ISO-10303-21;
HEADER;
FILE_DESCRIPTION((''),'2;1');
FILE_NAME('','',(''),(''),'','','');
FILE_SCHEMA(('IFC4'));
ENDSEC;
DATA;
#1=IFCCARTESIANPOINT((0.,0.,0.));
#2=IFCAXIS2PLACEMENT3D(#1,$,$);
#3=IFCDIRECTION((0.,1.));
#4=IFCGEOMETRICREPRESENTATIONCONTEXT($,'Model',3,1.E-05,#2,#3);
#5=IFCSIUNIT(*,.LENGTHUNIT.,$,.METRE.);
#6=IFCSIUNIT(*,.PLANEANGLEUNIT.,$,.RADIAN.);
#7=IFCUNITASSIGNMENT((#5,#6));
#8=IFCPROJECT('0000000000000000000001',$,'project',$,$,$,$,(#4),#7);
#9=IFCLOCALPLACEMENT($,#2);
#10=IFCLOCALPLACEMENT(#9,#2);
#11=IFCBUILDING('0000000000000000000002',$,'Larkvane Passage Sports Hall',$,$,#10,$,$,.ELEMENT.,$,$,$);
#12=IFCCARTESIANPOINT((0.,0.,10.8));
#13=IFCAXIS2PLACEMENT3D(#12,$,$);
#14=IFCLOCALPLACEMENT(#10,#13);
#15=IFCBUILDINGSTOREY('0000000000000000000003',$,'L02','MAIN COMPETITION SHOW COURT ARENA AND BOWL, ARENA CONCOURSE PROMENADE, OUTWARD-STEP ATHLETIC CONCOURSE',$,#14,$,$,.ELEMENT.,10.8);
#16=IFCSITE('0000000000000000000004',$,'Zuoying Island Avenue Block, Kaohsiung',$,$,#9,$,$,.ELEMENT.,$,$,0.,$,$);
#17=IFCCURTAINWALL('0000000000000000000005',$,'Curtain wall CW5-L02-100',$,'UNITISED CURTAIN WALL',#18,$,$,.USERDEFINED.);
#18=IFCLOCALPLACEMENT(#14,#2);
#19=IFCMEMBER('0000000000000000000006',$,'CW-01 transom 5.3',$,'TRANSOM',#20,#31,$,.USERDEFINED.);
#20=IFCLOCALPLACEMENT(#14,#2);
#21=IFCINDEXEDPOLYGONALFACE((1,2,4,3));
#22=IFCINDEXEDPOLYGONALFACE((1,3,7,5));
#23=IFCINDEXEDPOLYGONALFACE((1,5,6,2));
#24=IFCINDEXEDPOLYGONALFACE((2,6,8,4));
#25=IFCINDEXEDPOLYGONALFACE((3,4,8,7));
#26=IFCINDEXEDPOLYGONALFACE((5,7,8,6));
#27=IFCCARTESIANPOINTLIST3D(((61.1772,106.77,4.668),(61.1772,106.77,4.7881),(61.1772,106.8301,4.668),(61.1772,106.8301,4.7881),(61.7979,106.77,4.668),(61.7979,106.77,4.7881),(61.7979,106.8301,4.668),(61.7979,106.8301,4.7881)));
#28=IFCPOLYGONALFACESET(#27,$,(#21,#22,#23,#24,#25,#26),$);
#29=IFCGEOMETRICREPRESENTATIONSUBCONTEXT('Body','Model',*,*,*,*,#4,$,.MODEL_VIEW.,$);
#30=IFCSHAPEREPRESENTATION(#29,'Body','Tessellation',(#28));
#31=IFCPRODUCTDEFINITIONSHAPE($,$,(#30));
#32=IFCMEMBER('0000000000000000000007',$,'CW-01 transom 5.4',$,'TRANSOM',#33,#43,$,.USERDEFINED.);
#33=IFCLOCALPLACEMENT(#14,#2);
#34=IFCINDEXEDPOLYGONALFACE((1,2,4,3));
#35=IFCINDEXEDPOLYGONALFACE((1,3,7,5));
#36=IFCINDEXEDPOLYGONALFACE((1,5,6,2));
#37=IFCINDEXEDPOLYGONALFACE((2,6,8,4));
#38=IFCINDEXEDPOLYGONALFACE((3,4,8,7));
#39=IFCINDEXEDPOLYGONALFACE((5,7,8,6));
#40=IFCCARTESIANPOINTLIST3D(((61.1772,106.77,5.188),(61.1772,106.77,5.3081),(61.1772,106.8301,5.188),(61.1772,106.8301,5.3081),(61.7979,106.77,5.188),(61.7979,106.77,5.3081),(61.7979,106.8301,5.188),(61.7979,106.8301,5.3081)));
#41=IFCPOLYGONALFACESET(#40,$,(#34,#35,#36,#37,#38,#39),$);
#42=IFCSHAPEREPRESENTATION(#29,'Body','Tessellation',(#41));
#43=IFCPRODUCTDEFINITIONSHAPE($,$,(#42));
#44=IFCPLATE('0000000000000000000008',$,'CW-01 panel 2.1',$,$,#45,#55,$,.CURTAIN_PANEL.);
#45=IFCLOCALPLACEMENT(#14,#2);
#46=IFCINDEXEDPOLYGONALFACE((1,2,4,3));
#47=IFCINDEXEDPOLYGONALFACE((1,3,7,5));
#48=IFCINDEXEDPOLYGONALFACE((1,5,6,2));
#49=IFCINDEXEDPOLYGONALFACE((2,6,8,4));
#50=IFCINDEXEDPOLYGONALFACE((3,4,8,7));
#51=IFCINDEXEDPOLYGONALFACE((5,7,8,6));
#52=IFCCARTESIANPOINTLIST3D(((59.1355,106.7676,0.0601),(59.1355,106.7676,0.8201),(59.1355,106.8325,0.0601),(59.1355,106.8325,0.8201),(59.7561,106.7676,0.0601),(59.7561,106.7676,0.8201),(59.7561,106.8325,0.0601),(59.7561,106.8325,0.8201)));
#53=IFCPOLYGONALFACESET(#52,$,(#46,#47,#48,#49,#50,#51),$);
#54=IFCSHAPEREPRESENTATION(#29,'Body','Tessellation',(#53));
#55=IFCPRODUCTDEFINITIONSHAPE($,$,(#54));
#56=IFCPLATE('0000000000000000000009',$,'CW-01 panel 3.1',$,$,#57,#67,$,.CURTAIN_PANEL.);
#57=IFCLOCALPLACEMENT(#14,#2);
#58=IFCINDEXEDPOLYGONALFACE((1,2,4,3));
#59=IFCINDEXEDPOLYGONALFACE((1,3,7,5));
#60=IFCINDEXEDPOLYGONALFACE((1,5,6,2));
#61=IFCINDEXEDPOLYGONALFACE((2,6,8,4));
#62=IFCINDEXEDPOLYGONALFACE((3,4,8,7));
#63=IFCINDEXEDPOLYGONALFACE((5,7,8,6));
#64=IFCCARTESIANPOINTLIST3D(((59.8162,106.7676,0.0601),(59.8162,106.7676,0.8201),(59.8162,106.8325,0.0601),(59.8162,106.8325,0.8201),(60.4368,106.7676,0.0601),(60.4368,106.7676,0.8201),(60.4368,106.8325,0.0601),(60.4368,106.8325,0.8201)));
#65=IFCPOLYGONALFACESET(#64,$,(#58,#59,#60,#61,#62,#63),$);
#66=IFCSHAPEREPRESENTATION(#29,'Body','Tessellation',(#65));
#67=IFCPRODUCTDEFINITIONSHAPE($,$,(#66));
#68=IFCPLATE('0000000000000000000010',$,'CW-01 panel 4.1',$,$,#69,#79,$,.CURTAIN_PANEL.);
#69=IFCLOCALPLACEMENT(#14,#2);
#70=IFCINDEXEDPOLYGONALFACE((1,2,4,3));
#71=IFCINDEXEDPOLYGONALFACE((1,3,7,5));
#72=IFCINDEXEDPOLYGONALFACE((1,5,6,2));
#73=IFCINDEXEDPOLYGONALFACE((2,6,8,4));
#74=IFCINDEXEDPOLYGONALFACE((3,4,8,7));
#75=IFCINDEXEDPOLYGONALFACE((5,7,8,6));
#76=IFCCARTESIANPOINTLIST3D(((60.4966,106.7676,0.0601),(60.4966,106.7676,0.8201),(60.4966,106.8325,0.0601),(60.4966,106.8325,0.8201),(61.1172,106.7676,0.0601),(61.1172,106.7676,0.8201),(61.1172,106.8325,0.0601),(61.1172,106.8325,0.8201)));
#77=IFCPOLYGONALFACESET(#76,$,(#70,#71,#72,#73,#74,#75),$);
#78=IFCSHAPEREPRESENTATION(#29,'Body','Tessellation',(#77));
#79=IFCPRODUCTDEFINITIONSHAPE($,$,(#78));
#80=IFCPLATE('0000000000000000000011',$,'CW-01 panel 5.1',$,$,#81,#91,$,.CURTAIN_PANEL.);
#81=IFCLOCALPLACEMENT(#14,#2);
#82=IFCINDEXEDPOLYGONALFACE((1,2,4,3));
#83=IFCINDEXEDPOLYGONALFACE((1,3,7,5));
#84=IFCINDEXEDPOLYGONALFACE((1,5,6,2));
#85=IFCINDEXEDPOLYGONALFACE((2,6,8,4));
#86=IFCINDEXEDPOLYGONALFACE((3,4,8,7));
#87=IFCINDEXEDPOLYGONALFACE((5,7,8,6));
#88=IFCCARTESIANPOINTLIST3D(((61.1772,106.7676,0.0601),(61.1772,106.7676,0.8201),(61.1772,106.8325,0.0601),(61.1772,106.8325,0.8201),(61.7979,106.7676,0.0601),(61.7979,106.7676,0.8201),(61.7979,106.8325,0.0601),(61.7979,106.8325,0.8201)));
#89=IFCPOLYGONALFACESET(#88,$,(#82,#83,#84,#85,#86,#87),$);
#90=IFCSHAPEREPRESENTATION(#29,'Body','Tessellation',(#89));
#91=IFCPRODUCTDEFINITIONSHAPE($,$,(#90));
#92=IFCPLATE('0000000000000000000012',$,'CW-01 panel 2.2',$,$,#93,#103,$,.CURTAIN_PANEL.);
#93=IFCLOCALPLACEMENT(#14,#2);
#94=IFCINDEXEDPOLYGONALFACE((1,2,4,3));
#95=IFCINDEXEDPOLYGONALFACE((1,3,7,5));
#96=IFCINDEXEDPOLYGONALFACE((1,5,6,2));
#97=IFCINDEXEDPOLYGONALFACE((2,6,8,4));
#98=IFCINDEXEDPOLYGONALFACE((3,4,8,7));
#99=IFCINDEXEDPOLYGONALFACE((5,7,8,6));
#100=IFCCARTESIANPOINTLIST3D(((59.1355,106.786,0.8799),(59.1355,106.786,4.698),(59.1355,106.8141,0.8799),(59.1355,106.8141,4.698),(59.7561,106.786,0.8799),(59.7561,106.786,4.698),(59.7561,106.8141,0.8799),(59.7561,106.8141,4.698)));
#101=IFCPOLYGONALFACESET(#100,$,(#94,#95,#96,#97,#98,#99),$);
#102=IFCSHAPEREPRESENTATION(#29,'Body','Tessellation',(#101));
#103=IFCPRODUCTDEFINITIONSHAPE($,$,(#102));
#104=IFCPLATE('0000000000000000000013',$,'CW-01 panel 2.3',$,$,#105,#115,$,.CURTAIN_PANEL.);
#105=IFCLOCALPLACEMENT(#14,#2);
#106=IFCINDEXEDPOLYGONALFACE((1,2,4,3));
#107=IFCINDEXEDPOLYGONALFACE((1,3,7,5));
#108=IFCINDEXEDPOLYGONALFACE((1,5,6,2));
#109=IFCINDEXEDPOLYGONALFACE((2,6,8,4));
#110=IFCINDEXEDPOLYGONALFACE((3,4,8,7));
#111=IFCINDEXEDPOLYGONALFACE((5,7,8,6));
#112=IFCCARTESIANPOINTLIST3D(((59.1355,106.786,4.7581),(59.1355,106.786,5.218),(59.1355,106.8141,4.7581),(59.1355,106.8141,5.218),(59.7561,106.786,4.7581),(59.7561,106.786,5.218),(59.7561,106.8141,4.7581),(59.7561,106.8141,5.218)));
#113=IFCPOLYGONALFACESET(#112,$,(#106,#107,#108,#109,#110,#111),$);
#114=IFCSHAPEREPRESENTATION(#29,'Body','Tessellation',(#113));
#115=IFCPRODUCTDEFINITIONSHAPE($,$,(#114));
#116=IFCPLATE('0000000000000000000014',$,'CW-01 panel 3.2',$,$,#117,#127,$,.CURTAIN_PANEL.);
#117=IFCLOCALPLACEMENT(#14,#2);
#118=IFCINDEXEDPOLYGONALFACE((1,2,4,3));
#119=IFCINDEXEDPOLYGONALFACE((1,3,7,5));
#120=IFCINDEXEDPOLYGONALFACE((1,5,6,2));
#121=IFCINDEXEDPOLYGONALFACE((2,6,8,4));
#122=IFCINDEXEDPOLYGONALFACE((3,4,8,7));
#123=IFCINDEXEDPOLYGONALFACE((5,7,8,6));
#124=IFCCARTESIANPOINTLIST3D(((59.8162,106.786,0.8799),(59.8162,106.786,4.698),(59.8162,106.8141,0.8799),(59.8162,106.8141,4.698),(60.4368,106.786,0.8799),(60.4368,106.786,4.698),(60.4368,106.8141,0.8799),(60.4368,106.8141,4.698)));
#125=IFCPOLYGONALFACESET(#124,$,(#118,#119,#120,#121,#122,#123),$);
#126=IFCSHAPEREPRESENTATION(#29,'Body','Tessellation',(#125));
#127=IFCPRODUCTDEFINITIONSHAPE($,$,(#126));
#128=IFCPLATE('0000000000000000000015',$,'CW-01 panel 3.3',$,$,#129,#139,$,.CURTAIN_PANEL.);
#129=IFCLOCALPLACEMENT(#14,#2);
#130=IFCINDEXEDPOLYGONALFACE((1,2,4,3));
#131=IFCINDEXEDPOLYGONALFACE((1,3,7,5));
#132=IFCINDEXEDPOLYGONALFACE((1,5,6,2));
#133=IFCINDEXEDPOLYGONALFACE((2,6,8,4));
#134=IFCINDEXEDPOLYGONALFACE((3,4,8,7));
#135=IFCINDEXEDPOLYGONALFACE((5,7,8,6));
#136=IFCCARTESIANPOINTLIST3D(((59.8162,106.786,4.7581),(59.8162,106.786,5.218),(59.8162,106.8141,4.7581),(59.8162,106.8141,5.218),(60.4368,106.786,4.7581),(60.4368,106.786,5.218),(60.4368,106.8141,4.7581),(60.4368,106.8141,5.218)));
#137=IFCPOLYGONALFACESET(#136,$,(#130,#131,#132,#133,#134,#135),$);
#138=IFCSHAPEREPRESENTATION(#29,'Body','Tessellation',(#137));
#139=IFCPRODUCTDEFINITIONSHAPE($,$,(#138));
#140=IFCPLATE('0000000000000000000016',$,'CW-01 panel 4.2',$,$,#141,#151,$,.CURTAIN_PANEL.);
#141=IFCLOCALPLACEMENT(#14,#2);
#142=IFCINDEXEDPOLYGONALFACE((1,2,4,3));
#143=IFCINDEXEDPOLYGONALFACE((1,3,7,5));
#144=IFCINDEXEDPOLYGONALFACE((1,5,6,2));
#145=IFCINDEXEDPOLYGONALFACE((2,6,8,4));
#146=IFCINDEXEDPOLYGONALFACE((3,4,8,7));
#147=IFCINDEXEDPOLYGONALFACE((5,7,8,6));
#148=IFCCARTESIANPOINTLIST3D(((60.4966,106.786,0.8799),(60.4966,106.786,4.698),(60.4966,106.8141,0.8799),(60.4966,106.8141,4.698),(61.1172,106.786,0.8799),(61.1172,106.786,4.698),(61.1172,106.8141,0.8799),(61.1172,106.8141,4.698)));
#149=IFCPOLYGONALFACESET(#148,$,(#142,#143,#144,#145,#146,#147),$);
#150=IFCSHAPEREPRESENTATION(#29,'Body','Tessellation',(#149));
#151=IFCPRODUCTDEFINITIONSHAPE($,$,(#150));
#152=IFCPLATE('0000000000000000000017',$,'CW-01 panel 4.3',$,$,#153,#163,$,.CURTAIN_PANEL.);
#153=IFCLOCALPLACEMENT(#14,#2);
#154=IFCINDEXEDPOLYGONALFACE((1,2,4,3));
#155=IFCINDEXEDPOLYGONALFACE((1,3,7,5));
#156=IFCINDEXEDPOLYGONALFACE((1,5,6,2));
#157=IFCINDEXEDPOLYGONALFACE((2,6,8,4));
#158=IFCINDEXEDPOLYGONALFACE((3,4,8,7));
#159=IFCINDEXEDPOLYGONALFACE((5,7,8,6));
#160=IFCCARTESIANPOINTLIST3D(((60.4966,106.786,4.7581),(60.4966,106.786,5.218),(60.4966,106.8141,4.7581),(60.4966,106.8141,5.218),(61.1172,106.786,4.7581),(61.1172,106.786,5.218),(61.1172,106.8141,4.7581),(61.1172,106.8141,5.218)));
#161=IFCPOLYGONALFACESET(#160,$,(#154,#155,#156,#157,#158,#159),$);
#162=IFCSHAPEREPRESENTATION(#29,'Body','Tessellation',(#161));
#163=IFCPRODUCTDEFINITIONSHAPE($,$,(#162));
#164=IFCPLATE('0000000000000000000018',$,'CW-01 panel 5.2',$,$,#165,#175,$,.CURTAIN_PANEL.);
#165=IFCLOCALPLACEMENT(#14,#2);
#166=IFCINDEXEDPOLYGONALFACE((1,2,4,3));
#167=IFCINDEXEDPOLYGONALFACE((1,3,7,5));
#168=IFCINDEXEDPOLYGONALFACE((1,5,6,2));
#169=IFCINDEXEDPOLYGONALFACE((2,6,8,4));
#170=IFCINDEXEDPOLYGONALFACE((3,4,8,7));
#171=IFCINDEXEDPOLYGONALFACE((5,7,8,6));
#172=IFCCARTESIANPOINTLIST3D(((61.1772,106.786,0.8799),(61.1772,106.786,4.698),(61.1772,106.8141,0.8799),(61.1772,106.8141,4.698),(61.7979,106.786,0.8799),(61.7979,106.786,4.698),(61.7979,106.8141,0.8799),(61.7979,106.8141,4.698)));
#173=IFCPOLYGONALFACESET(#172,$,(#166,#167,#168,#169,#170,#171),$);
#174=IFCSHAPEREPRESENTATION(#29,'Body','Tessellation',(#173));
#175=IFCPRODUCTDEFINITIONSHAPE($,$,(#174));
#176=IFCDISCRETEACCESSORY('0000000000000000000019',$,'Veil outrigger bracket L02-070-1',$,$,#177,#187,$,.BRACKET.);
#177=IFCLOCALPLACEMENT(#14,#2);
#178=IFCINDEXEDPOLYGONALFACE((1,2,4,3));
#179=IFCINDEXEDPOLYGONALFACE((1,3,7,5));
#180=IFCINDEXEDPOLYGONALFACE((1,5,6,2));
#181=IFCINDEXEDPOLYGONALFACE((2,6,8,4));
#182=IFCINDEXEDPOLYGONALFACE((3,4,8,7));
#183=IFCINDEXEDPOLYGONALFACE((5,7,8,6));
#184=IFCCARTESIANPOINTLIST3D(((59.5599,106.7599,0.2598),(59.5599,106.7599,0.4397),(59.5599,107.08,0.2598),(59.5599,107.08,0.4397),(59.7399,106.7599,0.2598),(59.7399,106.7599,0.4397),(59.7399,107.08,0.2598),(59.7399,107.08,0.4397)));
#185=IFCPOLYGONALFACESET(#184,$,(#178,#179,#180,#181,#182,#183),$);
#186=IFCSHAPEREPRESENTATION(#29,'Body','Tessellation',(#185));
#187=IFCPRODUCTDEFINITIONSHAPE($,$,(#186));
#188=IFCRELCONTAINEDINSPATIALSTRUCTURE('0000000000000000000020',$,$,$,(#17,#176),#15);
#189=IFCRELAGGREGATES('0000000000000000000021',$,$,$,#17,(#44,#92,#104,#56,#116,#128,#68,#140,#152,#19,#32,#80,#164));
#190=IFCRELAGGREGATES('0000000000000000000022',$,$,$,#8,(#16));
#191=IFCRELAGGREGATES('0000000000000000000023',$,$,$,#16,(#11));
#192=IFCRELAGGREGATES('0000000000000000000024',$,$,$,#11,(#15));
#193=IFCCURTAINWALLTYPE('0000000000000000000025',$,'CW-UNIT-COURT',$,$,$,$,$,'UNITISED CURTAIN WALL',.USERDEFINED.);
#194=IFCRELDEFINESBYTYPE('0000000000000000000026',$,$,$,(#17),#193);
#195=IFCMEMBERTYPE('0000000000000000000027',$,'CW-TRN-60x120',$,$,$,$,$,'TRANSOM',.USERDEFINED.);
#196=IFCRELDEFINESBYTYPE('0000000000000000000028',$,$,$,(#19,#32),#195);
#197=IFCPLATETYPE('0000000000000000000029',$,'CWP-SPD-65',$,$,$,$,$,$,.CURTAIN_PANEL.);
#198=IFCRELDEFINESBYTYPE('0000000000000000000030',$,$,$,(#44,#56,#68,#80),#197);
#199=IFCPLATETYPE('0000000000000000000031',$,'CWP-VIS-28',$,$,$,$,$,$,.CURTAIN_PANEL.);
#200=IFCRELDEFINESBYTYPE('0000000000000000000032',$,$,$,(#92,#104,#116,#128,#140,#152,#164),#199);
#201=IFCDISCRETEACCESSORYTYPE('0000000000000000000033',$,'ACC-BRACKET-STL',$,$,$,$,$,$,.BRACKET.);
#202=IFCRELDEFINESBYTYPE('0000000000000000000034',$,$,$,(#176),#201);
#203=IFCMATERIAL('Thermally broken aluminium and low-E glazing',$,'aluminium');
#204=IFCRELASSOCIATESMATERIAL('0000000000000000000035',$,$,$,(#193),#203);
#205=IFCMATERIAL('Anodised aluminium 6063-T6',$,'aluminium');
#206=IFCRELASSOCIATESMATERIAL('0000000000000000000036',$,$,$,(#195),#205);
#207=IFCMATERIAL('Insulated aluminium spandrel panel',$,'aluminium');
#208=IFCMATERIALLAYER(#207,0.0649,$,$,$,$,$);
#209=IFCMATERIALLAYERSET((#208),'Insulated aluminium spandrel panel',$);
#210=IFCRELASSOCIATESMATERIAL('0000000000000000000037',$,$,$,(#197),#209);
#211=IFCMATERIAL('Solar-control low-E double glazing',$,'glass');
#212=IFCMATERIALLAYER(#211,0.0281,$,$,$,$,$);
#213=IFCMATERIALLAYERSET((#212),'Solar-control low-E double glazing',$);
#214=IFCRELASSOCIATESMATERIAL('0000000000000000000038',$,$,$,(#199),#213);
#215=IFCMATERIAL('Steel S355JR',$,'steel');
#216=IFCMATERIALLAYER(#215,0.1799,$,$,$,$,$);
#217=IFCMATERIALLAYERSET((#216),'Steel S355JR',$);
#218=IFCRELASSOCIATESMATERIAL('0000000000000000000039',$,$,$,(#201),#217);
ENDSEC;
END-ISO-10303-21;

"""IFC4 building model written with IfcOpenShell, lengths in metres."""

from ifc_helpers import new_model, si_unit, direction, frame, origin, origin_2d, place, context, subcontext, project, spatial, rectangle, extrude, material, layer, layer_set, material_profile, profile_set, type_object, element, aggregate, save


model = new_model("IFC4")

# Units and contexts
model_context = context("Model", 3, precision=1e-05, world=origin(), true_north=direction((0.0, 1.0)))
body_context = subcontext(model_context, "Body", "Model", "MODEL_VIEW")
ifc_project = project(units=[si_unit("LENGTHUNIT", "METRE"), si_unit("PLANEANGLEUNIT", "RADIAN")], contexts=[model_context])

# Site, building, storey
site_placement = place(None, origin())
site = spatial("IfcSite", under=ifc_project, at=site_placement, Name="Zuoying Island Avenue Block, Kaohsiung", CompositionType="ELEMENT", RefElevation=0.0)
building_placement = place(site_placement, origin())
building = spatial("IfcBuilding", under=site, at=building_placement, Name="Larkvane Passage Sports Hall", CompositionType="ELEMENT")
storey_placement = place(building_placement, frame((0.0, 0.0, 10.8)))
storey = spatial("IfcBuildingStorey", under=building, at=storey_placement, Name="L02", Description="MAIN COMPETITION SHOW COURT ARENA AND BOWL, ARENA CONCOURSE PROMENADE, OUTWARD-STEP ATHLETIC CONCOURSE", CompositionType="ELEMENT", Elevation=10.8)

# Curtain wall, members, plates
ifc_material_1 = material(Name="Thermally broken aluminium and low-E glazing", Category="aluminium")
curtain_wall_type = type_object("IfcCurtainWallType", Name="CW-UNIT-COURT", ElementType="UNITISED CURTAIN WALL", PredefinedType="USERDEFINED", material=ifc_material_1)
curtain_wall_placement = place(storey_placement, origin())
curtain_wall = element("IfcCurtainWall", 1, at=curtain_wall_placement, inside=storey, type_object=curtain_wall_type, Name="Curtain wall CW5-L02-100", ObjectType="UNITISED CURTAIN WALL", PredefinedType="USERDEFINED")
ifc_material_2 = material(Name="Anodised aluminium 6063-T6", Category="aluminium")
ifc_material_profile_1 = material_profile(ifc_material_2, rectangle(XDim=0.0601, YDim=0.1201, at=origin_2d()), Name="ALU-TRN-60x120")
ifc_profile_set_1 = profile_set([ifc_material_profile_1], Name="Anodised aluminium 6063-T6")
member_type_1 = type_object("IfcMemberType", Name="CW-TRN-60x120", ElementType="TRANSOM", PredefinedType="USERDEFINED", material=ifc_profile_set_1)
member_1_placement = place(storey_placement, frame((61.1772, 106.8, 4.728), z_axis=(1.0, 0.0, 0.0), x_axis=(0.0, 1.0, 0.0)))
member_1 = element("IfcMember", 2, at=member_1_placement, type_object=member_type_1, Name="CW-01 transom 5.3", ObjectType="TRANSOM", PredefinedType="USERDEFINED", context=body_context, shape_type="SweptSolid", body=[
    extrude(rectangle(XDim=0.0601, YDim=0.1201, at=origin_2d()), origin(), (0.0, 0.0, 1.0), 0.6206),
])
member_2_placement = place(storey_placement, frame((61.1772, 106.8, 5.248), z_axis=(1.0, 0.0, 0.0), x_axis=(0.0, 1.0, 0.0)))
member_2 = element("IfcMember", 3, at=member_2_placement, type_object=member_type_1, Name="CW-01 transom 5.4", ObjectType="TRANSOM", PredefinedType="USERDEFINED", context=body_context, shape_type="SweptSolid", body=[
    extrude(rectangle(XDim=0.0601, YDim=0.1201, at=origin_2d()), origin(), (0.0, 0.0, 1.0), 0.6206),
])
ifc_material_3 = material(Name="Insulated aluminium spandrel panel", Category="aluminium")
ifc_layer_1 = layer(ifc_material_3, 0.0649)
ifc_layer_set_1 = layer_set([ifc_layer_1], Name="Insulated aluminium spandrel panel")
plate_type_1 = type_object("IfcPlateType", Name="CWP-SPD-65", PredefinedType="CURTAIN_PANEL", material=ifc_layer_set_1)
plate_1_placement = place(storey_placement, frame((59.4458, 106.8, 0.0601), z_axis=(0.0, 0.0, 1.0), x_axis=(1.0, 0.0, 0.0)))
plate_1 = element("IfcPlate", 4, at=plate_1_placement, type_object=plate_type_1, Name="CW-01 panel 2.1", PredefinedType="CURTAIN_PANEL", context=body_context, shape_type="SweptSolid", body=[
    extrude(rectangle(XDim=0.6206, YDim=0.0649, at=origin_2d()), origin(), (0.0, 0.0, 1.0), 0.76),
])
plate_2_placement = place(storey_placement, frame((60.1265, 106.8, 0.0601), z_axis=(0.0, 0.0, 1.0), x_axis=(1.0, 0.0, 0.0)))
plate_2 = element("IfcPlate", 5, at=plate_2_placement, type_object=plate_type_1, Name="CW-01 panel 3.1", PredefinedType="CURTAIN_PANEL", context=body_context, shape_type="SweptSolid", body=[
    extrude(rectangle(XDim=0.6206, YDim=0.0649, at=origin_2d()), origin(), (0.0, 0.0, 1.0), 0.76),
])
plate_3_placement = place(storey_placement, frame((60.8069, 106.8, 0.0601), z_axis=(0.0, 0.0, 1.0), x_axis=(1.0, 0.0, 0.0)))
plate_3 = element("IfcPlate", 6, at=plate_3_placement, type_object=plate_type_1, Name="CW-01 panel 4.1", PredefinedType="CURTAIN_PANEL", context=body_context, shape_type="SweptSolid", body=[
    extrude(rectangle(XDim=0.6206, YDim=0.0649, at=origin_2d()), origin(), (0.0, 0.0, 1.0), 0.76),
])
plate_4_placement = place(storey_placement, frame((61.4875, 106.8, 0.0601), z_axis=(0.0, 0.0, 1.0), x_axis=(1.0, 0.0, 0.0)))
plate_4 = element("IfcPlate", 7, at=plate_4_placement, type_object=plate_type_1, Name="CW-01 panel 5.1", PredefinedType="CURTAIN_PANEL", context=body_context, shape_type="SweptSolid", body=[
    extrude(rectangle(XDim=0.6206, YDim=0.0649, at=origin_2d()), origin(), (0.0, 0.0, 1.0), 0.76),
])
ifc_material_4 = material(Name="Solar-control low-E double glazing", Category="glass")
ifc_layer_2 = layer(ifc_material_4, 0.0281)
ifc_layer_set_2 = layer_set([ifc_layer_2], Name="Solar-control low-E double glazing")
plate_type_2 = type_object("IfcPlateType", Name="CWP-VIS-28", PredefinedType="CURTAIN_PANEL", material=ifc_layer_set_2)
plate_5_placement = place(storey_placement, frame((59.4458, 106.8, 0.8799), z_axis=(0.0, 0.0, 1.0), x_axis=(1.0, 0.0, 0.0)))
plate_5 = element("IfcPlate", 8, at=plate_5_placement, type_object=plate_type_2, Name="CW-01 panel 2.2", PredefinedType="CURTAIN_PANEL", context=body_context, shape_type="SweptSolid", body=[
    extrude(rectangle(XDim=0.6206, YDim=0.0281, at=origin_2d()), origin(), (0.0, 0.0, 1.0), 3.8181),
])
plate_6_placement = place(storey_placement, frame((59.4458, 106.8, 4.7581), z_axis=(0.0, 0.0, 1.0), x_axis=(1.0, 0.0, 0.0)))
plate_6 = element("IfcPlate", 9, at=plate_6_placement, type_object=plate_type_2, Name="CW-01 panel 2.3", PredefinedType="CURTAIN_PANEL", context=body_context, shape_type="SweptSolid", body=[
    extrude(rectangle(XDim=0.6206, YDim=0.0281, at=origin_2d()), origin(), (0.0, 0.0, 1.0), 0.46),
])
plate_7_placement = place(storey_placement, frame((60.1265, 106.8, 0.8799), z_axis=(0.0, 0.0, 1.0), x_axis=(1.0, 0.0, 0.0)))
plate_7 = element("IfcPlate", 10, at=plate_7_placement, type_object=plate_type_2, Name="CW-01 panel 3.2", PredefinedType="CURTAIN_PANEL", context=body_context, shape_type="SweptSolid", body=[
    extrude(rectangle(XDim=0.6206, YDim=0.0281, at=origin_2d()), origin(), (0.0, 0.0, 1.0), 3.8181),
])
plate_8_placement = place(storey_placement, frame((60.1265, 106.8, 4.7581), z_axis=(0.0, 0.0, 1.0), x_axis=(1.0, 0.0, 0.0)))
plate_8 = element("IfcPlate", 11, at=plate_8_placement, type_object=plate_type_2, Name="CW-01 panel 3.3", PredefinedType="CURTAIN_PANEL", context=body_context, shape_type="SweptSolid", body=[
    extrude(rectangle(XDim=0.6206, YDim=0.0281, at=origin_2d()), origin(), (0.0, 0.0, 1.0), 0.46),
])
plate_9_placement = place(storey_placement, frame((60.8069, 106.8, 0.8799), z_axis=(0.0, 0.0, 1.0), x_axis=(1.0, 0.0, 0.0)))
plate_9 = element("IfcPlate", 12, at=plate_9_placement, type_object=plate_type_2, Name="CW-01 panel 4.2", PredefinedType="CURTAIN_PANEL", context=body_context, shape_type="SweptSolid", body=[
    extrude(rectangle(XDim=0.6206, YDim=0.0281, at=origin_2d()), origin(), (0.0, 0.0, 1.0), 3.8181),
])
plate_10_placement = place(storey_placement, frame((60.8069, 106.8, 4.7581), z_axis=(0.0, 0.0, 1.0), x_axis=(1.0, 0.0, 0.0)))
plate_10 = element("IfcPlate", 13, at=plate_10_placement, type_object=plate_type_2, Name="CW-01 panel 4.3", PredefinedType="CURTAIN_PANEL", context=body_context, shape_type="SweptSolid", body=[
    extrude(rectangle(XDim=0.6206, YDim=0.0281, at=origin_2d()), origin(), (0.0, 0.0, 1.0), 0.46),
])
plate_11_placement = place(storey_placement, frame((61.4875, 106.8, 0.8799), z_axis=(0.0, 0.0, 1.0), x_axis=(1.0, 0.0, 0.0)))
plate_11 = element("IfcPlate", 14, at=plate_11_placement, type_object=plate_type_2, Name="CW-01 panel 5.2", PredefinedType="CURTAIN_PANEL", context=body_context, shape_type="SweptSolid", body=[
    extrude(rectangle(XDim=0.6206, YDim=0.0281, at=origin_2d()), origin(), (0.0, 0.0, 1.0), 3.8181),
])
aggregate(curtain_wall, [plate_1, plate_5, plate_6, plate_2, plate_7, plate_8, plate_3, plate_9, plate_10, member_1, member_2, plate_4, plate_11])

# Discrete accessory
ifc_material_5 = material(Name="Steel S355JR", Category="steel")
ifc_layer_3 = layer(ifc_material_5, 0.1799)
ifc_layer_set_3 = layer_set([ifc_layer_3], Name="Steel S355JR")
discrete_accessory_type = type_object("IfcDiscreteAccessoryType", Name="ACC-BRACKET-STL", PredefinedType="BRACKET", material=ifc_layer_set_3)
discrete_accessory_placement = place(storey_placement, frame((59.6499, 106.9199, 0.2598), z_axis=(0.0, 0.0, 1.0), x_axis=(1.0, 0.0, 0.0)))
element("IfcDiscreteAccessory", 15, at=discrete_accessory_placement, inside=storey, type_object=discrete_accessory_type, Name="Veil outrigger bracket L02-070-1", PredefinedType="BRACKET", context=body_context, shape_type="SweptSolid", body=[
    extrude(rectangle(XDim=0.1799, YDim=0.3201, at=origin_2d()), origin(), (0.0, 0.0, 1.0), 0.1799),
])

save(model, "model.ifc")
